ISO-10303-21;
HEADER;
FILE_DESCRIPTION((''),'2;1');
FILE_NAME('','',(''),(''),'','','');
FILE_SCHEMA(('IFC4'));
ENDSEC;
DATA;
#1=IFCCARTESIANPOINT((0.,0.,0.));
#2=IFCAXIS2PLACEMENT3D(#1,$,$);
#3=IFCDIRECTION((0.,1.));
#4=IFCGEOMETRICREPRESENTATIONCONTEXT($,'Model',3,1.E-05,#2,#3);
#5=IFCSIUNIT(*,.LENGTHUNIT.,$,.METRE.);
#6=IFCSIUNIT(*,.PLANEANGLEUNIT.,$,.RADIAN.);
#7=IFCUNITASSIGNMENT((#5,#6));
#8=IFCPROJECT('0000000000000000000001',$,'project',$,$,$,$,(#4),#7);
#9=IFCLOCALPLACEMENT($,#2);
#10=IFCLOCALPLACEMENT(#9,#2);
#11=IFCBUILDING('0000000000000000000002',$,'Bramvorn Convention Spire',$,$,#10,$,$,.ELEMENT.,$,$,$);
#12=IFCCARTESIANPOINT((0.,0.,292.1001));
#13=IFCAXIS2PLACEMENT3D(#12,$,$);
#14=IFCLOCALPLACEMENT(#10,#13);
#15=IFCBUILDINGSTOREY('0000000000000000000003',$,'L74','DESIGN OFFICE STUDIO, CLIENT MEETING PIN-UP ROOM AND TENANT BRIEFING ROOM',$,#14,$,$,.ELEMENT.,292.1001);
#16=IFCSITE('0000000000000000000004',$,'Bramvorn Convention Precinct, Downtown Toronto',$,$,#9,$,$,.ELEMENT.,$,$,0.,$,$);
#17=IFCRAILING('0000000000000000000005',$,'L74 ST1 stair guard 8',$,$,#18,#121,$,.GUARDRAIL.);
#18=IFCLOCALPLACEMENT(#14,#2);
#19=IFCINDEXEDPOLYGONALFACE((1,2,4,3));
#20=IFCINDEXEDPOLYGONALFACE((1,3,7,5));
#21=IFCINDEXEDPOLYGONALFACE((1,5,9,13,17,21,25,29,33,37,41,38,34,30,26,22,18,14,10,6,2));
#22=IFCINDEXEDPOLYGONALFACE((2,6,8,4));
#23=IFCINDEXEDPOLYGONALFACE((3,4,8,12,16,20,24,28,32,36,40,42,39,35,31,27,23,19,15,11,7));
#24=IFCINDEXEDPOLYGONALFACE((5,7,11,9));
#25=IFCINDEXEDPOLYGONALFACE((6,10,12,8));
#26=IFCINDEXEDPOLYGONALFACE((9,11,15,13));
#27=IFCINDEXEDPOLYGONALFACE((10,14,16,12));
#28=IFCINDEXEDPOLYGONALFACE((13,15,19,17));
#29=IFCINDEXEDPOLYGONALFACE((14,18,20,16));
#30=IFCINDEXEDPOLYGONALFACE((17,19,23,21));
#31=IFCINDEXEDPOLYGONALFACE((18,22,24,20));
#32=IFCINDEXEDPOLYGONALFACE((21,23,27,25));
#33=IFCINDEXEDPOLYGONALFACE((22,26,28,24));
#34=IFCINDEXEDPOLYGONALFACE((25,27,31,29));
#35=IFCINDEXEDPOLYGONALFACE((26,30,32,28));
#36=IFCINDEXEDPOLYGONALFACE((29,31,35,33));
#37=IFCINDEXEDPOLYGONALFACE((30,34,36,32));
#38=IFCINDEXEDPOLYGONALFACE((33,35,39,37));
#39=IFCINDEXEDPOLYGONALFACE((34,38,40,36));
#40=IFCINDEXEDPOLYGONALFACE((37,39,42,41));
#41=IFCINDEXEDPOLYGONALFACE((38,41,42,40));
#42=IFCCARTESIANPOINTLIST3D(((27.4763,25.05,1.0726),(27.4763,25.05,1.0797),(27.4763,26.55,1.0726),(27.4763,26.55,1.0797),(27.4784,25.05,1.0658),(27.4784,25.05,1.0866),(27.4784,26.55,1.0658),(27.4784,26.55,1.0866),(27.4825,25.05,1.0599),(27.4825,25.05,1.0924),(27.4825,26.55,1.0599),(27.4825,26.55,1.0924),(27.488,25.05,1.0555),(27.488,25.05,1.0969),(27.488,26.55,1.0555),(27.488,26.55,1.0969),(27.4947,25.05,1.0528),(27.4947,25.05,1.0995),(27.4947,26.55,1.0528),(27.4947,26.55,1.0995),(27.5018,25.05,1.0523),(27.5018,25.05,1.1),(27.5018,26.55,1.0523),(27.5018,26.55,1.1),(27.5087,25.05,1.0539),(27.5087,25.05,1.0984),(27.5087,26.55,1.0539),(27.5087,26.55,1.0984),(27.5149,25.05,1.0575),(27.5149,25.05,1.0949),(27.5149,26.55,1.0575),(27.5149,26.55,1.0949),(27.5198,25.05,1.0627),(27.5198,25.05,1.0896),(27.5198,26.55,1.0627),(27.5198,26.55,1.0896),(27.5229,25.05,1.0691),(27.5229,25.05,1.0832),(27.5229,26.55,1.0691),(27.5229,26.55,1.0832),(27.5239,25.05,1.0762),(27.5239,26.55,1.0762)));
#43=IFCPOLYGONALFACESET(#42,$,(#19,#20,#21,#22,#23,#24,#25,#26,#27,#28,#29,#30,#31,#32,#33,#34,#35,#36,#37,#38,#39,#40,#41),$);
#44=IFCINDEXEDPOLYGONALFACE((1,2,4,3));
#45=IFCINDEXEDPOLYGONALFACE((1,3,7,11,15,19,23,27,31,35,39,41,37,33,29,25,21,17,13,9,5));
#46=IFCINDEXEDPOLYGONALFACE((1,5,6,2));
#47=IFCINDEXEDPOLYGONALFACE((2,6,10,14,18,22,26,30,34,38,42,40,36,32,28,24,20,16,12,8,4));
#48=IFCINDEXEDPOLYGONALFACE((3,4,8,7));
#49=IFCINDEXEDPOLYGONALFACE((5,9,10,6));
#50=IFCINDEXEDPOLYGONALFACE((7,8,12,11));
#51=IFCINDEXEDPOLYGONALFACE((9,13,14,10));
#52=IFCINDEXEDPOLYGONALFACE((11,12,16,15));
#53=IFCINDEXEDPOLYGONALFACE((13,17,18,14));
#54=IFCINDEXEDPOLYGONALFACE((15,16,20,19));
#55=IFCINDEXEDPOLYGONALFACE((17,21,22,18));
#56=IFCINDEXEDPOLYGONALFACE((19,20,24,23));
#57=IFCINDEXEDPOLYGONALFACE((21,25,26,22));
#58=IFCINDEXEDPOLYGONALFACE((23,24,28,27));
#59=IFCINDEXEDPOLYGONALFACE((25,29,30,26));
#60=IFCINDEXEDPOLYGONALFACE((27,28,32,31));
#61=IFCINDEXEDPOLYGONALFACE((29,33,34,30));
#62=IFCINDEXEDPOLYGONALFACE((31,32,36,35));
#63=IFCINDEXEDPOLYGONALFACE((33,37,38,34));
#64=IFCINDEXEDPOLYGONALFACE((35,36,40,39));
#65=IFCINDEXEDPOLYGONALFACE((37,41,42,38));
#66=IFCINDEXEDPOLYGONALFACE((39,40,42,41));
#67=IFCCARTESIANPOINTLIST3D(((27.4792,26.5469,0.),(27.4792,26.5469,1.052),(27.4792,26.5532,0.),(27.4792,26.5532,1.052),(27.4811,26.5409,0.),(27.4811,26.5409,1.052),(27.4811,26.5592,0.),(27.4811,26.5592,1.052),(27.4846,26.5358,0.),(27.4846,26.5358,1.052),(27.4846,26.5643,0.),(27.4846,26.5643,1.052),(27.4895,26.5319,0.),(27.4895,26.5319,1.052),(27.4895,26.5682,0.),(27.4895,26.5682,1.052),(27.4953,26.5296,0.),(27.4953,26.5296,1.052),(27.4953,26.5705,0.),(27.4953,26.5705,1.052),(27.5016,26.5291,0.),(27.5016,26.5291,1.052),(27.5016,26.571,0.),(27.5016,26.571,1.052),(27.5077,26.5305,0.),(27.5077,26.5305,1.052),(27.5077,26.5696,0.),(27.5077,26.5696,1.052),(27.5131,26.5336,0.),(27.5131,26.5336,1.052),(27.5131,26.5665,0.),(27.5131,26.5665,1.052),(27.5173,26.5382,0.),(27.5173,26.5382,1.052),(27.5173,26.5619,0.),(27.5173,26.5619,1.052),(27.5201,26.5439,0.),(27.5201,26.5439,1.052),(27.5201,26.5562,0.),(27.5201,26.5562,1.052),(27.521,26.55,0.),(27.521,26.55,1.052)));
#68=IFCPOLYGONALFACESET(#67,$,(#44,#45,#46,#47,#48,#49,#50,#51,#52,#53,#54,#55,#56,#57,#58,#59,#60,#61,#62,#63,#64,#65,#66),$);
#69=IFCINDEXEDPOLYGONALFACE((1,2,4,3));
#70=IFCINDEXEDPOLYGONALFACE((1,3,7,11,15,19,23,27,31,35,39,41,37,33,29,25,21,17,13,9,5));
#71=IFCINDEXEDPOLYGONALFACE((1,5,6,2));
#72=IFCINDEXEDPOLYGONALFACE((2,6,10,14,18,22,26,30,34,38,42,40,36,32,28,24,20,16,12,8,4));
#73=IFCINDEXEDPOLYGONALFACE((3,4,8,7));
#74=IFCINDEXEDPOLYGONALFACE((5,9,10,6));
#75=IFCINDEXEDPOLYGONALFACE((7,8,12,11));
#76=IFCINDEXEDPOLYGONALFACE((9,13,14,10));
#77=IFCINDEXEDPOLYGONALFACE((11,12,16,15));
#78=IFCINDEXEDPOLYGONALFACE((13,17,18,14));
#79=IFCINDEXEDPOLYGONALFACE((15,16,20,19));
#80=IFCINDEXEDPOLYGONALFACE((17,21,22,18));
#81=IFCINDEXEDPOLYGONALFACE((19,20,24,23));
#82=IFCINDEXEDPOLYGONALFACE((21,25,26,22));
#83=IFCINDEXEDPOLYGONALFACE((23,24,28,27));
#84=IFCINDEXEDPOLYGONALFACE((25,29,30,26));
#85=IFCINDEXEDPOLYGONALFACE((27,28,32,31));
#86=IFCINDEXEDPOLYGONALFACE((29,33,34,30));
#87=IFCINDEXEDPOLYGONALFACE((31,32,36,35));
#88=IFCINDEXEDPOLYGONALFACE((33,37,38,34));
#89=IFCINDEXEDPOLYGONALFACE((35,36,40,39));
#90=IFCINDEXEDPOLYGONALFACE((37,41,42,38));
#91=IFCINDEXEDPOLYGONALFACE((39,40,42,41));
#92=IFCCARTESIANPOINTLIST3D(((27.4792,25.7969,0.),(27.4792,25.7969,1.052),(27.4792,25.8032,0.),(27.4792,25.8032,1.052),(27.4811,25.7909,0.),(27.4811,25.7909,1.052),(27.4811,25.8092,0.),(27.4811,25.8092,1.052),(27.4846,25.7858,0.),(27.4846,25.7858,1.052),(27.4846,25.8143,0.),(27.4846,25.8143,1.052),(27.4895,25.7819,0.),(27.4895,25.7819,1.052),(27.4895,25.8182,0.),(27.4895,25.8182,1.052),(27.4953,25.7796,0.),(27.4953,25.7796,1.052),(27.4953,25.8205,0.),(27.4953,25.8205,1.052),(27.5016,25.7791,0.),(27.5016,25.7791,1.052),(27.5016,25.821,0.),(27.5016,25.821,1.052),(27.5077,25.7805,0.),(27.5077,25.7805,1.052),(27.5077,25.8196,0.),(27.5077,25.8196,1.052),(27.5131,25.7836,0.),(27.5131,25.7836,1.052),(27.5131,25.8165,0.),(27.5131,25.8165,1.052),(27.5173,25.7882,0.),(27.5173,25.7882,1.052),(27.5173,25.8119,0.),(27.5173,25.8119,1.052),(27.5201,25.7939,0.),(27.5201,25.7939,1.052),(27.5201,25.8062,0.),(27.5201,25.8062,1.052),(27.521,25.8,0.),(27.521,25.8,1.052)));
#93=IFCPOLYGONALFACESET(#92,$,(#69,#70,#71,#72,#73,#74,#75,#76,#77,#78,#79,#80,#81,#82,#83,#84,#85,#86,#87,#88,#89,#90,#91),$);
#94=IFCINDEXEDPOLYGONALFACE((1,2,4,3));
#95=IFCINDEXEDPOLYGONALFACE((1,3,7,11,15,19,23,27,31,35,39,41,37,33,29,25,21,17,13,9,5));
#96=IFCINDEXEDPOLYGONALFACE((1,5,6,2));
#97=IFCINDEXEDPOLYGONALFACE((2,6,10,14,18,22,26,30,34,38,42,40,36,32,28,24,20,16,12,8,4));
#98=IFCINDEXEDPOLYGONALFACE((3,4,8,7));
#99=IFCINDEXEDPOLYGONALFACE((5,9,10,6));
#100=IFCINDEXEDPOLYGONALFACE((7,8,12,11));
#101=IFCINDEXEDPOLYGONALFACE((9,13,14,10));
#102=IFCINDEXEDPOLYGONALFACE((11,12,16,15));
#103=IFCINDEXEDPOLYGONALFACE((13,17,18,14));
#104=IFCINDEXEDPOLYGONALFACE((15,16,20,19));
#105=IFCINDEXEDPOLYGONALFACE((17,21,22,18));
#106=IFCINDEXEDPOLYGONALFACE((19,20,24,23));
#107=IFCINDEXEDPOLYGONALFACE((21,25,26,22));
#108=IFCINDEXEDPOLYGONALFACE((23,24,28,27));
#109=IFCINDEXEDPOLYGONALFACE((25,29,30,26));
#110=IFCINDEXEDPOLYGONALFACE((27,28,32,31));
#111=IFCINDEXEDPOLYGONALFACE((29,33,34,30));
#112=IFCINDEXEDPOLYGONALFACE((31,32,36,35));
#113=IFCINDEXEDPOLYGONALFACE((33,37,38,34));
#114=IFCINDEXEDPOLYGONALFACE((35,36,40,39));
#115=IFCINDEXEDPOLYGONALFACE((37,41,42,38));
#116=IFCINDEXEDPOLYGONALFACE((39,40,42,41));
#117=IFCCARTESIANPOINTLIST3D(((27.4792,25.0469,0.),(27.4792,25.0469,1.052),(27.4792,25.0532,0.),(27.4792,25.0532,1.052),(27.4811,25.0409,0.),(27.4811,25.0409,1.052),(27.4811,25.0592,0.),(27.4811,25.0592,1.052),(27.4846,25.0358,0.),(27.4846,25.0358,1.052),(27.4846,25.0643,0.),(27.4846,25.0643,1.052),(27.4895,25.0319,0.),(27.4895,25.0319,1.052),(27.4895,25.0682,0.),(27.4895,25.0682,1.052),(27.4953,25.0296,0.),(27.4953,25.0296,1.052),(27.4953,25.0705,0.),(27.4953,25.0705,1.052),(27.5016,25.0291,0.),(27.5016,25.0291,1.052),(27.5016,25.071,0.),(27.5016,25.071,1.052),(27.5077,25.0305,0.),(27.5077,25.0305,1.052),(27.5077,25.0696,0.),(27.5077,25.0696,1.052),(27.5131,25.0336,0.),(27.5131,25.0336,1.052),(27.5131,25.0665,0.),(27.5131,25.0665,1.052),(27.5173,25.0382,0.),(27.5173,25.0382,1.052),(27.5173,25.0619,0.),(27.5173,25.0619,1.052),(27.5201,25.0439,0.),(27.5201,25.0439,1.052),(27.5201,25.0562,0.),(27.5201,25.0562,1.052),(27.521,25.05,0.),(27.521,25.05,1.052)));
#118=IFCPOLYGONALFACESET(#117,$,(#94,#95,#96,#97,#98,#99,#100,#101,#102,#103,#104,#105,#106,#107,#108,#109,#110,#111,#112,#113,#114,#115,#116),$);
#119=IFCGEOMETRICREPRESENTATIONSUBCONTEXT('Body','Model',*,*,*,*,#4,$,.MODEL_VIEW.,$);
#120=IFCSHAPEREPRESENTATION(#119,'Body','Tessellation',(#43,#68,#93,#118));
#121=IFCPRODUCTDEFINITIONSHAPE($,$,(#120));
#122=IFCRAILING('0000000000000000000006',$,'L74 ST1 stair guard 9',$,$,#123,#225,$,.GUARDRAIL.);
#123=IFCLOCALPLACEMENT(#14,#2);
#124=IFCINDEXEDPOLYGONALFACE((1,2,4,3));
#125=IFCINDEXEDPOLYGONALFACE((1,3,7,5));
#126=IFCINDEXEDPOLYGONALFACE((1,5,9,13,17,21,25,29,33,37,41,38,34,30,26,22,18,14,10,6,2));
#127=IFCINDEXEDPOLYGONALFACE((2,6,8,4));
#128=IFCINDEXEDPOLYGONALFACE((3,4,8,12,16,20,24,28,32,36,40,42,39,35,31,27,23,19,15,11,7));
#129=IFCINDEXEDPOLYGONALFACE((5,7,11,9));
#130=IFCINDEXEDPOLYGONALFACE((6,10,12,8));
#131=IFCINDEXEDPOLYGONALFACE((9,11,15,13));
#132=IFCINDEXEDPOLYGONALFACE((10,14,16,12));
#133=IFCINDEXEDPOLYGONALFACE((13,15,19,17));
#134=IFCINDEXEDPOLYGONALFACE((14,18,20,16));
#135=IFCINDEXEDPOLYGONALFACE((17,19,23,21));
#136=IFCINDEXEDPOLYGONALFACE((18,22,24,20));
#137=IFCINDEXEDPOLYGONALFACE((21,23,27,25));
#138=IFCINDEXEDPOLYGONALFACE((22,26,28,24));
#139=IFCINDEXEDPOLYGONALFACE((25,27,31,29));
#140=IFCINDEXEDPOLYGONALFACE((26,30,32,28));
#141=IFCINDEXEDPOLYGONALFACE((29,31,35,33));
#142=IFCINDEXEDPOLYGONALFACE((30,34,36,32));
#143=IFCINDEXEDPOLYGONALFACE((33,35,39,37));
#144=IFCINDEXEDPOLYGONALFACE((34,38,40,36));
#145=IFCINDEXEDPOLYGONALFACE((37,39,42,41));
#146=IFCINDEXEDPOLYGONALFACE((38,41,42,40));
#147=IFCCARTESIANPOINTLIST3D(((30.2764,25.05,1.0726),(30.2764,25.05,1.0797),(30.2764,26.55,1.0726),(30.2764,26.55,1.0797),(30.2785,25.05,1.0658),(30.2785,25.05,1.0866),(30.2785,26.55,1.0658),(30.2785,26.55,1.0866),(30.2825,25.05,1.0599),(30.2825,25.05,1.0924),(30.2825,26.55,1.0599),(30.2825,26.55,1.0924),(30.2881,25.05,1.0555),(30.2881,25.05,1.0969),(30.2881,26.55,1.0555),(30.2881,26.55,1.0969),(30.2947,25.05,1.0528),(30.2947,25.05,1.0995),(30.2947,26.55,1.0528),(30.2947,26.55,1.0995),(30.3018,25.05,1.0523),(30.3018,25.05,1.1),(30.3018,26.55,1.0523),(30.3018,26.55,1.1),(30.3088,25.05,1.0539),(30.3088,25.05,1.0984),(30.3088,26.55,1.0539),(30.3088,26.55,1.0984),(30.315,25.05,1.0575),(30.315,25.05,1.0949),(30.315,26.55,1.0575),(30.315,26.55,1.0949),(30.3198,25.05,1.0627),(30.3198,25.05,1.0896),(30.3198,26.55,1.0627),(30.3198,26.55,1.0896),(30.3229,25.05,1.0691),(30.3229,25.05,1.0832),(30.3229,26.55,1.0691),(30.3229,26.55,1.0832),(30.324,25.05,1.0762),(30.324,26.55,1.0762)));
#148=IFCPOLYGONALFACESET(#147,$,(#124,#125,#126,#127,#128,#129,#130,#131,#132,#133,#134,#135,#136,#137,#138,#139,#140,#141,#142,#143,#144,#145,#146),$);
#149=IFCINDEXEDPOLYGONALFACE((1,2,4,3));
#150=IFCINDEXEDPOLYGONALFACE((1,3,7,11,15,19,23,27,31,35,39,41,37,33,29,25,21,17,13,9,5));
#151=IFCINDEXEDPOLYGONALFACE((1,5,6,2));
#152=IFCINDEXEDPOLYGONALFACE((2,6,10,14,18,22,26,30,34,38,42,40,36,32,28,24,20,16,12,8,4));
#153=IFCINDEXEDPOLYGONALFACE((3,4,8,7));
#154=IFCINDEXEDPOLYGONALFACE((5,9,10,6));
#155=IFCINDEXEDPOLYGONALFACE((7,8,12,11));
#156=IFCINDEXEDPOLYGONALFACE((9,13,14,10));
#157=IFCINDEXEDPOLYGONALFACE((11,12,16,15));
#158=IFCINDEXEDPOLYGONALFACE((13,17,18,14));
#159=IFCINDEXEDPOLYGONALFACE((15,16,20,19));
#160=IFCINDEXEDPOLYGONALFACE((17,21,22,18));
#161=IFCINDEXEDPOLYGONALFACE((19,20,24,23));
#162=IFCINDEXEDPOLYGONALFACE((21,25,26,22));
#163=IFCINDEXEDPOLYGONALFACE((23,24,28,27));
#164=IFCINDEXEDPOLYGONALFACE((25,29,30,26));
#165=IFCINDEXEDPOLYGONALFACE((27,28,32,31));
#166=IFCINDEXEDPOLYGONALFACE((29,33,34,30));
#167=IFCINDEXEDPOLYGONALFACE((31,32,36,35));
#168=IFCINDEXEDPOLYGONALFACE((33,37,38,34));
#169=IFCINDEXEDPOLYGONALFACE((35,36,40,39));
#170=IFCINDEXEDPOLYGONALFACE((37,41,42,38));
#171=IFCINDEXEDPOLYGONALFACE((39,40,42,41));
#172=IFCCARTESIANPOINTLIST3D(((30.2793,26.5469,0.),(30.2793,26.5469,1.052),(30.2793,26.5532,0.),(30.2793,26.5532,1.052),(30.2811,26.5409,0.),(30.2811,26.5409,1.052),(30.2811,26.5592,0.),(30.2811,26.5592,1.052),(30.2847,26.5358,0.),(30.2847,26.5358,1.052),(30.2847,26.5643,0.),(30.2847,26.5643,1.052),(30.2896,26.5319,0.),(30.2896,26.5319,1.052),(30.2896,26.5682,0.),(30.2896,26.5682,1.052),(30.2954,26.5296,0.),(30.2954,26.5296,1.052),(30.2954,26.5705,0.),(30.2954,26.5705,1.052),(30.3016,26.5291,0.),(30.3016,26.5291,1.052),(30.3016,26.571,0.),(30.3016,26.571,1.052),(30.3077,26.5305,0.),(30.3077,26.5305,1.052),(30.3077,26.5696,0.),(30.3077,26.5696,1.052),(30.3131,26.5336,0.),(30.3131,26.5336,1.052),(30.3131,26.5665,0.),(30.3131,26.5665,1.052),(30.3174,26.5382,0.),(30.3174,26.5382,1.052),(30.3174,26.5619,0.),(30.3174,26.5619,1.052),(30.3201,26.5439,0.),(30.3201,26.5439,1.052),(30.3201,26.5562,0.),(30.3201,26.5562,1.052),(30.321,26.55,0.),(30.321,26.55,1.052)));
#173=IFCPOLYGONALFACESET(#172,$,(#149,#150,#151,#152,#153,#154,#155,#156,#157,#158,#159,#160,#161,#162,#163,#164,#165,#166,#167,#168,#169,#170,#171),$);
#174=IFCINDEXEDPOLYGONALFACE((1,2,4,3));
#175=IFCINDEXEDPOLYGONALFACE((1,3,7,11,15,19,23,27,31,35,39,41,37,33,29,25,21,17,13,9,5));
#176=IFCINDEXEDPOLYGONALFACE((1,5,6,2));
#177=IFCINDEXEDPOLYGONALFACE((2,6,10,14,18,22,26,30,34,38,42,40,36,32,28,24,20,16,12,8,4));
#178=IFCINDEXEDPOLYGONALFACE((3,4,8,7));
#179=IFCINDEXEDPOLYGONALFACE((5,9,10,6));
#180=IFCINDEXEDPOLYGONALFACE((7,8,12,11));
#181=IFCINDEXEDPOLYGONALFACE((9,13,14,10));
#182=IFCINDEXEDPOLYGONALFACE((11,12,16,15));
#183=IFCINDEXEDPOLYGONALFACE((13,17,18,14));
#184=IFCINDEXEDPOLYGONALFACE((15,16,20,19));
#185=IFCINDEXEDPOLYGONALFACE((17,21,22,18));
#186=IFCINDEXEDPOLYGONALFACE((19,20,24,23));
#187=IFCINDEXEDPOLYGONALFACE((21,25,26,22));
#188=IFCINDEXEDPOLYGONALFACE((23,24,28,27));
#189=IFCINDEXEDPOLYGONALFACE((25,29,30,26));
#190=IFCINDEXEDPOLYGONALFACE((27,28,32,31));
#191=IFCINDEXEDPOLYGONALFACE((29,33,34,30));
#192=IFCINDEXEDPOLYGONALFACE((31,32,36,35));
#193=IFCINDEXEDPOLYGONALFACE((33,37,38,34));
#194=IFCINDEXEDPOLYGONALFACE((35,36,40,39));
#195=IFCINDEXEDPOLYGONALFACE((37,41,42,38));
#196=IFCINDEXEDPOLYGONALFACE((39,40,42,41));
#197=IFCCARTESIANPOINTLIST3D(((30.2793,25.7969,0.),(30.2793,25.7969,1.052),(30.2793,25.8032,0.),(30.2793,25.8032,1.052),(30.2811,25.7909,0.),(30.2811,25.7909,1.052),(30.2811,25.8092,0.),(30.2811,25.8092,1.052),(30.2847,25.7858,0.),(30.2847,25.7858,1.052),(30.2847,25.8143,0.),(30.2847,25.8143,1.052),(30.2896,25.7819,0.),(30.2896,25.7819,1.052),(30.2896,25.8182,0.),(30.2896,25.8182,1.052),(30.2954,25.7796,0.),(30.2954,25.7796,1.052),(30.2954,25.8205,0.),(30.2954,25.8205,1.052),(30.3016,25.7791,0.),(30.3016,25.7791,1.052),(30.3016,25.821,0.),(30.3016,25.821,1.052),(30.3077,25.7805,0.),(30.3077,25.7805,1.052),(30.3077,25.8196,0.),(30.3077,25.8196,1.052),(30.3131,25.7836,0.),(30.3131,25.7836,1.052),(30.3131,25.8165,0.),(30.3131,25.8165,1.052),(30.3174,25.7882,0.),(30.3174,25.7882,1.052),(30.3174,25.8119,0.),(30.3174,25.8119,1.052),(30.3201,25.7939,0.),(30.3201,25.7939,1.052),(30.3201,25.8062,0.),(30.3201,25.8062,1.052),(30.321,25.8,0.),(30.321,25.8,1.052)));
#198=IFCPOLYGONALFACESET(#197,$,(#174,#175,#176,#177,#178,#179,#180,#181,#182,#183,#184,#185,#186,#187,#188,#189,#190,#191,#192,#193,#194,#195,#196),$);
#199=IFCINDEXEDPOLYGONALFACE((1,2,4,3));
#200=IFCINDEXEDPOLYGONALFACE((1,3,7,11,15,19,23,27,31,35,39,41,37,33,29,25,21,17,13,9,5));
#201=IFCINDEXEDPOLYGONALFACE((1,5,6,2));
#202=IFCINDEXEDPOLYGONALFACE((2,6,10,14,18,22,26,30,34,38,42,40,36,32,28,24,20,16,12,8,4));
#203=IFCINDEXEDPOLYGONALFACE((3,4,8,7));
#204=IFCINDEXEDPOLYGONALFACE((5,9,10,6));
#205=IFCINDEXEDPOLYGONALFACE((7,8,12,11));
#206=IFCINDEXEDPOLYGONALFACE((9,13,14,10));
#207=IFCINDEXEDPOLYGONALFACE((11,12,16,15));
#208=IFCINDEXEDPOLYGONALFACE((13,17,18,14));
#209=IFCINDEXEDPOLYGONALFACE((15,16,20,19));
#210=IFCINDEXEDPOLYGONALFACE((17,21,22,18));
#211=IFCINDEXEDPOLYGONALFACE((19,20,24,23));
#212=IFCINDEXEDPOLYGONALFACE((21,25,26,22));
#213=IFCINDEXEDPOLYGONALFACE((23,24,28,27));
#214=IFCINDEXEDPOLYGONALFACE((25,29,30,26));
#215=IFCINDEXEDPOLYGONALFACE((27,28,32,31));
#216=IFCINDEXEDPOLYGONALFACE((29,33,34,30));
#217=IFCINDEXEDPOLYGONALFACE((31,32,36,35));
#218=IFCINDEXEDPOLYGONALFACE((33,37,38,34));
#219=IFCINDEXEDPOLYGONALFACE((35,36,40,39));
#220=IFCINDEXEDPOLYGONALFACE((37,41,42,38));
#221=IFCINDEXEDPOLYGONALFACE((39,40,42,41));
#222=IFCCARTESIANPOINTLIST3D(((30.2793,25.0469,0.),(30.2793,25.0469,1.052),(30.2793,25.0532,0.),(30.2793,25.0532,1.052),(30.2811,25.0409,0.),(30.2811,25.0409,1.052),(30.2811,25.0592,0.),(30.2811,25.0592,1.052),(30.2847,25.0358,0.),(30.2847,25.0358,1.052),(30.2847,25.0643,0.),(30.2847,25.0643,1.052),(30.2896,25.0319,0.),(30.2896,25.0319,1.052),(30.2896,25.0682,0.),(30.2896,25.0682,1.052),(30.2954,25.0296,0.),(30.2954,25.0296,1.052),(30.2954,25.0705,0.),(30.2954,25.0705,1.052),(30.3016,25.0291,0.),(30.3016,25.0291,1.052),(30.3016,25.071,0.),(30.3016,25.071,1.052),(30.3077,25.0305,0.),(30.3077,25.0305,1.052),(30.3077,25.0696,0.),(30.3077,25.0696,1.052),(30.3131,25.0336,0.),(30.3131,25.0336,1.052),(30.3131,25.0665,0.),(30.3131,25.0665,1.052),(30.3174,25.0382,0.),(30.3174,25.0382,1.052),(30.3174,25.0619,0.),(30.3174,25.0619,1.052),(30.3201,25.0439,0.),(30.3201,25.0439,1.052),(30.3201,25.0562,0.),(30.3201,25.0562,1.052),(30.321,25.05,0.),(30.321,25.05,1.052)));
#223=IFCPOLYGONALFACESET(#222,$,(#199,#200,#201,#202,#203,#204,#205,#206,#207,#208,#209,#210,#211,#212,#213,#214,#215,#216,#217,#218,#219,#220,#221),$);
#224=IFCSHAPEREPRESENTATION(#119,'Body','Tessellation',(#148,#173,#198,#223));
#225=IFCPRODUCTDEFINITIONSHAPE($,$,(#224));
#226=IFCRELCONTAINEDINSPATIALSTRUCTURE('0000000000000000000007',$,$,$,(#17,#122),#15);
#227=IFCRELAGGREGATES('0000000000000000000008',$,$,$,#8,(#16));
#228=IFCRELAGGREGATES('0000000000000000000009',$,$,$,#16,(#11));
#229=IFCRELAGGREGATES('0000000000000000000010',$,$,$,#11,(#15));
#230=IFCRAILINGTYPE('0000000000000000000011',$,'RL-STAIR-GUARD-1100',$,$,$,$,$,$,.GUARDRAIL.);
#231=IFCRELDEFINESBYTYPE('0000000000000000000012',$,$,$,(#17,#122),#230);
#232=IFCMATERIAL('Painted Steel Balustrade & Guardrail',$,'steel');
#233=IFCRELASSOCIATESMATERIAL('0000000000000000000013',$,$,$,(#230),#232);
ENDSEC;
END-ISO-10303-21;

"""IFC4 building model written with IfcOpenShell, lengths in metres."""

from ifc_helpers import new_model, si_unit, direction, frame, origin, origin_2d, place, context, subcontext, project, spatial, circle, extrude, material, type_object, element, save


model = new_model("IFC4")

# Units and contexts
model_context = context("Model", 3, precision=1e-05, world=origin(), true_north=direction((0.0, 1.0)))
body_context = subcontext(model_context, "Body", "Model", "MODEL_VIEW")
ifc_project = project(units=[si_unit("LENGTHUNIT", "METRE"), si_unit("PLANEANGLEUNIT", "RADIAN")], contexts=[model_context])

# Site, building, storey
site_placement = place(None, origin())
site = spatial("IfcSite", under=ifc_project, at=site_placement, Name="Bramvorn Convention Precinct, Downtown Toronto", CompositionType="ELEMENT", RefElevation=0.0)
building_placement = place(site_placement, origin())
building = spatial("IfcBuilding", under=site, at=building_placement, Name="Bramvorn Convention Spire", CompositionType="ELEMENT")
storey_placement = place(building_placement, frame((0.0, 0.0, 292.1001)))
storey = spatial("IfcBuildingStorey", under=building, at=storey_placement, Name="L74", Description="DESIGN OFFICE STUDIO, CLIENT MEETING PIN-UP ROOM AND TENANT BRIEFING ROOM", CompositionType="ELEMENT", Elevation=292.1001)

# Railings
ifc_material_1 = material(Name="Painted Steel Balustrade & Guardrail", Category="steel")
railing_type = type_object("IfcRailingType", Name="RL-STAIR-GUARD-1100", PredefinedType="GUARDRAIL", material=ifc_material_1)
for number, where, name in (
    (1, (27.5, 26.55, 0.0), "L74 ST1 stair guard 8"),
    (2, (30.3, 26.55, 0.0), "L74 ST1 stair guard 9"),
):
    element("IfcRailing", number, at=place(storey_placement, frame(where)), inside=storey, type_object=railing_type, Name=name, PredefinedType="GUARDRAIL", context=body_context, shape_type="SweptSolid", body=[
        extrude(circle(Radius=0.0239, at=origin_2d()), frame((0.0, 0.0, 1.0762), z_axis=(0.0, -1.0, 0.0), x_axis=(1.0, 0.0, 0.0)), (0.0, 0.0, 1.0), 1.5),
        extrude(circle(Radius=0.021, at=origin_2d()), origin(), (0.0, 0.0, 1.0), 1.052),
        extrude(circle(Radius=0.021, at=origin_2d()), frame((0.0, -0.75, 0.0)), (0.0, 0.0, 1.0), 1.052),
        extrude(circle(Radius=0.021, at=origin_2d()), frame((0.0, -1.5, 0.0)), (0.0, 0.0, 1.0), 1.052),
    ])

save(model, "model.ifc")
